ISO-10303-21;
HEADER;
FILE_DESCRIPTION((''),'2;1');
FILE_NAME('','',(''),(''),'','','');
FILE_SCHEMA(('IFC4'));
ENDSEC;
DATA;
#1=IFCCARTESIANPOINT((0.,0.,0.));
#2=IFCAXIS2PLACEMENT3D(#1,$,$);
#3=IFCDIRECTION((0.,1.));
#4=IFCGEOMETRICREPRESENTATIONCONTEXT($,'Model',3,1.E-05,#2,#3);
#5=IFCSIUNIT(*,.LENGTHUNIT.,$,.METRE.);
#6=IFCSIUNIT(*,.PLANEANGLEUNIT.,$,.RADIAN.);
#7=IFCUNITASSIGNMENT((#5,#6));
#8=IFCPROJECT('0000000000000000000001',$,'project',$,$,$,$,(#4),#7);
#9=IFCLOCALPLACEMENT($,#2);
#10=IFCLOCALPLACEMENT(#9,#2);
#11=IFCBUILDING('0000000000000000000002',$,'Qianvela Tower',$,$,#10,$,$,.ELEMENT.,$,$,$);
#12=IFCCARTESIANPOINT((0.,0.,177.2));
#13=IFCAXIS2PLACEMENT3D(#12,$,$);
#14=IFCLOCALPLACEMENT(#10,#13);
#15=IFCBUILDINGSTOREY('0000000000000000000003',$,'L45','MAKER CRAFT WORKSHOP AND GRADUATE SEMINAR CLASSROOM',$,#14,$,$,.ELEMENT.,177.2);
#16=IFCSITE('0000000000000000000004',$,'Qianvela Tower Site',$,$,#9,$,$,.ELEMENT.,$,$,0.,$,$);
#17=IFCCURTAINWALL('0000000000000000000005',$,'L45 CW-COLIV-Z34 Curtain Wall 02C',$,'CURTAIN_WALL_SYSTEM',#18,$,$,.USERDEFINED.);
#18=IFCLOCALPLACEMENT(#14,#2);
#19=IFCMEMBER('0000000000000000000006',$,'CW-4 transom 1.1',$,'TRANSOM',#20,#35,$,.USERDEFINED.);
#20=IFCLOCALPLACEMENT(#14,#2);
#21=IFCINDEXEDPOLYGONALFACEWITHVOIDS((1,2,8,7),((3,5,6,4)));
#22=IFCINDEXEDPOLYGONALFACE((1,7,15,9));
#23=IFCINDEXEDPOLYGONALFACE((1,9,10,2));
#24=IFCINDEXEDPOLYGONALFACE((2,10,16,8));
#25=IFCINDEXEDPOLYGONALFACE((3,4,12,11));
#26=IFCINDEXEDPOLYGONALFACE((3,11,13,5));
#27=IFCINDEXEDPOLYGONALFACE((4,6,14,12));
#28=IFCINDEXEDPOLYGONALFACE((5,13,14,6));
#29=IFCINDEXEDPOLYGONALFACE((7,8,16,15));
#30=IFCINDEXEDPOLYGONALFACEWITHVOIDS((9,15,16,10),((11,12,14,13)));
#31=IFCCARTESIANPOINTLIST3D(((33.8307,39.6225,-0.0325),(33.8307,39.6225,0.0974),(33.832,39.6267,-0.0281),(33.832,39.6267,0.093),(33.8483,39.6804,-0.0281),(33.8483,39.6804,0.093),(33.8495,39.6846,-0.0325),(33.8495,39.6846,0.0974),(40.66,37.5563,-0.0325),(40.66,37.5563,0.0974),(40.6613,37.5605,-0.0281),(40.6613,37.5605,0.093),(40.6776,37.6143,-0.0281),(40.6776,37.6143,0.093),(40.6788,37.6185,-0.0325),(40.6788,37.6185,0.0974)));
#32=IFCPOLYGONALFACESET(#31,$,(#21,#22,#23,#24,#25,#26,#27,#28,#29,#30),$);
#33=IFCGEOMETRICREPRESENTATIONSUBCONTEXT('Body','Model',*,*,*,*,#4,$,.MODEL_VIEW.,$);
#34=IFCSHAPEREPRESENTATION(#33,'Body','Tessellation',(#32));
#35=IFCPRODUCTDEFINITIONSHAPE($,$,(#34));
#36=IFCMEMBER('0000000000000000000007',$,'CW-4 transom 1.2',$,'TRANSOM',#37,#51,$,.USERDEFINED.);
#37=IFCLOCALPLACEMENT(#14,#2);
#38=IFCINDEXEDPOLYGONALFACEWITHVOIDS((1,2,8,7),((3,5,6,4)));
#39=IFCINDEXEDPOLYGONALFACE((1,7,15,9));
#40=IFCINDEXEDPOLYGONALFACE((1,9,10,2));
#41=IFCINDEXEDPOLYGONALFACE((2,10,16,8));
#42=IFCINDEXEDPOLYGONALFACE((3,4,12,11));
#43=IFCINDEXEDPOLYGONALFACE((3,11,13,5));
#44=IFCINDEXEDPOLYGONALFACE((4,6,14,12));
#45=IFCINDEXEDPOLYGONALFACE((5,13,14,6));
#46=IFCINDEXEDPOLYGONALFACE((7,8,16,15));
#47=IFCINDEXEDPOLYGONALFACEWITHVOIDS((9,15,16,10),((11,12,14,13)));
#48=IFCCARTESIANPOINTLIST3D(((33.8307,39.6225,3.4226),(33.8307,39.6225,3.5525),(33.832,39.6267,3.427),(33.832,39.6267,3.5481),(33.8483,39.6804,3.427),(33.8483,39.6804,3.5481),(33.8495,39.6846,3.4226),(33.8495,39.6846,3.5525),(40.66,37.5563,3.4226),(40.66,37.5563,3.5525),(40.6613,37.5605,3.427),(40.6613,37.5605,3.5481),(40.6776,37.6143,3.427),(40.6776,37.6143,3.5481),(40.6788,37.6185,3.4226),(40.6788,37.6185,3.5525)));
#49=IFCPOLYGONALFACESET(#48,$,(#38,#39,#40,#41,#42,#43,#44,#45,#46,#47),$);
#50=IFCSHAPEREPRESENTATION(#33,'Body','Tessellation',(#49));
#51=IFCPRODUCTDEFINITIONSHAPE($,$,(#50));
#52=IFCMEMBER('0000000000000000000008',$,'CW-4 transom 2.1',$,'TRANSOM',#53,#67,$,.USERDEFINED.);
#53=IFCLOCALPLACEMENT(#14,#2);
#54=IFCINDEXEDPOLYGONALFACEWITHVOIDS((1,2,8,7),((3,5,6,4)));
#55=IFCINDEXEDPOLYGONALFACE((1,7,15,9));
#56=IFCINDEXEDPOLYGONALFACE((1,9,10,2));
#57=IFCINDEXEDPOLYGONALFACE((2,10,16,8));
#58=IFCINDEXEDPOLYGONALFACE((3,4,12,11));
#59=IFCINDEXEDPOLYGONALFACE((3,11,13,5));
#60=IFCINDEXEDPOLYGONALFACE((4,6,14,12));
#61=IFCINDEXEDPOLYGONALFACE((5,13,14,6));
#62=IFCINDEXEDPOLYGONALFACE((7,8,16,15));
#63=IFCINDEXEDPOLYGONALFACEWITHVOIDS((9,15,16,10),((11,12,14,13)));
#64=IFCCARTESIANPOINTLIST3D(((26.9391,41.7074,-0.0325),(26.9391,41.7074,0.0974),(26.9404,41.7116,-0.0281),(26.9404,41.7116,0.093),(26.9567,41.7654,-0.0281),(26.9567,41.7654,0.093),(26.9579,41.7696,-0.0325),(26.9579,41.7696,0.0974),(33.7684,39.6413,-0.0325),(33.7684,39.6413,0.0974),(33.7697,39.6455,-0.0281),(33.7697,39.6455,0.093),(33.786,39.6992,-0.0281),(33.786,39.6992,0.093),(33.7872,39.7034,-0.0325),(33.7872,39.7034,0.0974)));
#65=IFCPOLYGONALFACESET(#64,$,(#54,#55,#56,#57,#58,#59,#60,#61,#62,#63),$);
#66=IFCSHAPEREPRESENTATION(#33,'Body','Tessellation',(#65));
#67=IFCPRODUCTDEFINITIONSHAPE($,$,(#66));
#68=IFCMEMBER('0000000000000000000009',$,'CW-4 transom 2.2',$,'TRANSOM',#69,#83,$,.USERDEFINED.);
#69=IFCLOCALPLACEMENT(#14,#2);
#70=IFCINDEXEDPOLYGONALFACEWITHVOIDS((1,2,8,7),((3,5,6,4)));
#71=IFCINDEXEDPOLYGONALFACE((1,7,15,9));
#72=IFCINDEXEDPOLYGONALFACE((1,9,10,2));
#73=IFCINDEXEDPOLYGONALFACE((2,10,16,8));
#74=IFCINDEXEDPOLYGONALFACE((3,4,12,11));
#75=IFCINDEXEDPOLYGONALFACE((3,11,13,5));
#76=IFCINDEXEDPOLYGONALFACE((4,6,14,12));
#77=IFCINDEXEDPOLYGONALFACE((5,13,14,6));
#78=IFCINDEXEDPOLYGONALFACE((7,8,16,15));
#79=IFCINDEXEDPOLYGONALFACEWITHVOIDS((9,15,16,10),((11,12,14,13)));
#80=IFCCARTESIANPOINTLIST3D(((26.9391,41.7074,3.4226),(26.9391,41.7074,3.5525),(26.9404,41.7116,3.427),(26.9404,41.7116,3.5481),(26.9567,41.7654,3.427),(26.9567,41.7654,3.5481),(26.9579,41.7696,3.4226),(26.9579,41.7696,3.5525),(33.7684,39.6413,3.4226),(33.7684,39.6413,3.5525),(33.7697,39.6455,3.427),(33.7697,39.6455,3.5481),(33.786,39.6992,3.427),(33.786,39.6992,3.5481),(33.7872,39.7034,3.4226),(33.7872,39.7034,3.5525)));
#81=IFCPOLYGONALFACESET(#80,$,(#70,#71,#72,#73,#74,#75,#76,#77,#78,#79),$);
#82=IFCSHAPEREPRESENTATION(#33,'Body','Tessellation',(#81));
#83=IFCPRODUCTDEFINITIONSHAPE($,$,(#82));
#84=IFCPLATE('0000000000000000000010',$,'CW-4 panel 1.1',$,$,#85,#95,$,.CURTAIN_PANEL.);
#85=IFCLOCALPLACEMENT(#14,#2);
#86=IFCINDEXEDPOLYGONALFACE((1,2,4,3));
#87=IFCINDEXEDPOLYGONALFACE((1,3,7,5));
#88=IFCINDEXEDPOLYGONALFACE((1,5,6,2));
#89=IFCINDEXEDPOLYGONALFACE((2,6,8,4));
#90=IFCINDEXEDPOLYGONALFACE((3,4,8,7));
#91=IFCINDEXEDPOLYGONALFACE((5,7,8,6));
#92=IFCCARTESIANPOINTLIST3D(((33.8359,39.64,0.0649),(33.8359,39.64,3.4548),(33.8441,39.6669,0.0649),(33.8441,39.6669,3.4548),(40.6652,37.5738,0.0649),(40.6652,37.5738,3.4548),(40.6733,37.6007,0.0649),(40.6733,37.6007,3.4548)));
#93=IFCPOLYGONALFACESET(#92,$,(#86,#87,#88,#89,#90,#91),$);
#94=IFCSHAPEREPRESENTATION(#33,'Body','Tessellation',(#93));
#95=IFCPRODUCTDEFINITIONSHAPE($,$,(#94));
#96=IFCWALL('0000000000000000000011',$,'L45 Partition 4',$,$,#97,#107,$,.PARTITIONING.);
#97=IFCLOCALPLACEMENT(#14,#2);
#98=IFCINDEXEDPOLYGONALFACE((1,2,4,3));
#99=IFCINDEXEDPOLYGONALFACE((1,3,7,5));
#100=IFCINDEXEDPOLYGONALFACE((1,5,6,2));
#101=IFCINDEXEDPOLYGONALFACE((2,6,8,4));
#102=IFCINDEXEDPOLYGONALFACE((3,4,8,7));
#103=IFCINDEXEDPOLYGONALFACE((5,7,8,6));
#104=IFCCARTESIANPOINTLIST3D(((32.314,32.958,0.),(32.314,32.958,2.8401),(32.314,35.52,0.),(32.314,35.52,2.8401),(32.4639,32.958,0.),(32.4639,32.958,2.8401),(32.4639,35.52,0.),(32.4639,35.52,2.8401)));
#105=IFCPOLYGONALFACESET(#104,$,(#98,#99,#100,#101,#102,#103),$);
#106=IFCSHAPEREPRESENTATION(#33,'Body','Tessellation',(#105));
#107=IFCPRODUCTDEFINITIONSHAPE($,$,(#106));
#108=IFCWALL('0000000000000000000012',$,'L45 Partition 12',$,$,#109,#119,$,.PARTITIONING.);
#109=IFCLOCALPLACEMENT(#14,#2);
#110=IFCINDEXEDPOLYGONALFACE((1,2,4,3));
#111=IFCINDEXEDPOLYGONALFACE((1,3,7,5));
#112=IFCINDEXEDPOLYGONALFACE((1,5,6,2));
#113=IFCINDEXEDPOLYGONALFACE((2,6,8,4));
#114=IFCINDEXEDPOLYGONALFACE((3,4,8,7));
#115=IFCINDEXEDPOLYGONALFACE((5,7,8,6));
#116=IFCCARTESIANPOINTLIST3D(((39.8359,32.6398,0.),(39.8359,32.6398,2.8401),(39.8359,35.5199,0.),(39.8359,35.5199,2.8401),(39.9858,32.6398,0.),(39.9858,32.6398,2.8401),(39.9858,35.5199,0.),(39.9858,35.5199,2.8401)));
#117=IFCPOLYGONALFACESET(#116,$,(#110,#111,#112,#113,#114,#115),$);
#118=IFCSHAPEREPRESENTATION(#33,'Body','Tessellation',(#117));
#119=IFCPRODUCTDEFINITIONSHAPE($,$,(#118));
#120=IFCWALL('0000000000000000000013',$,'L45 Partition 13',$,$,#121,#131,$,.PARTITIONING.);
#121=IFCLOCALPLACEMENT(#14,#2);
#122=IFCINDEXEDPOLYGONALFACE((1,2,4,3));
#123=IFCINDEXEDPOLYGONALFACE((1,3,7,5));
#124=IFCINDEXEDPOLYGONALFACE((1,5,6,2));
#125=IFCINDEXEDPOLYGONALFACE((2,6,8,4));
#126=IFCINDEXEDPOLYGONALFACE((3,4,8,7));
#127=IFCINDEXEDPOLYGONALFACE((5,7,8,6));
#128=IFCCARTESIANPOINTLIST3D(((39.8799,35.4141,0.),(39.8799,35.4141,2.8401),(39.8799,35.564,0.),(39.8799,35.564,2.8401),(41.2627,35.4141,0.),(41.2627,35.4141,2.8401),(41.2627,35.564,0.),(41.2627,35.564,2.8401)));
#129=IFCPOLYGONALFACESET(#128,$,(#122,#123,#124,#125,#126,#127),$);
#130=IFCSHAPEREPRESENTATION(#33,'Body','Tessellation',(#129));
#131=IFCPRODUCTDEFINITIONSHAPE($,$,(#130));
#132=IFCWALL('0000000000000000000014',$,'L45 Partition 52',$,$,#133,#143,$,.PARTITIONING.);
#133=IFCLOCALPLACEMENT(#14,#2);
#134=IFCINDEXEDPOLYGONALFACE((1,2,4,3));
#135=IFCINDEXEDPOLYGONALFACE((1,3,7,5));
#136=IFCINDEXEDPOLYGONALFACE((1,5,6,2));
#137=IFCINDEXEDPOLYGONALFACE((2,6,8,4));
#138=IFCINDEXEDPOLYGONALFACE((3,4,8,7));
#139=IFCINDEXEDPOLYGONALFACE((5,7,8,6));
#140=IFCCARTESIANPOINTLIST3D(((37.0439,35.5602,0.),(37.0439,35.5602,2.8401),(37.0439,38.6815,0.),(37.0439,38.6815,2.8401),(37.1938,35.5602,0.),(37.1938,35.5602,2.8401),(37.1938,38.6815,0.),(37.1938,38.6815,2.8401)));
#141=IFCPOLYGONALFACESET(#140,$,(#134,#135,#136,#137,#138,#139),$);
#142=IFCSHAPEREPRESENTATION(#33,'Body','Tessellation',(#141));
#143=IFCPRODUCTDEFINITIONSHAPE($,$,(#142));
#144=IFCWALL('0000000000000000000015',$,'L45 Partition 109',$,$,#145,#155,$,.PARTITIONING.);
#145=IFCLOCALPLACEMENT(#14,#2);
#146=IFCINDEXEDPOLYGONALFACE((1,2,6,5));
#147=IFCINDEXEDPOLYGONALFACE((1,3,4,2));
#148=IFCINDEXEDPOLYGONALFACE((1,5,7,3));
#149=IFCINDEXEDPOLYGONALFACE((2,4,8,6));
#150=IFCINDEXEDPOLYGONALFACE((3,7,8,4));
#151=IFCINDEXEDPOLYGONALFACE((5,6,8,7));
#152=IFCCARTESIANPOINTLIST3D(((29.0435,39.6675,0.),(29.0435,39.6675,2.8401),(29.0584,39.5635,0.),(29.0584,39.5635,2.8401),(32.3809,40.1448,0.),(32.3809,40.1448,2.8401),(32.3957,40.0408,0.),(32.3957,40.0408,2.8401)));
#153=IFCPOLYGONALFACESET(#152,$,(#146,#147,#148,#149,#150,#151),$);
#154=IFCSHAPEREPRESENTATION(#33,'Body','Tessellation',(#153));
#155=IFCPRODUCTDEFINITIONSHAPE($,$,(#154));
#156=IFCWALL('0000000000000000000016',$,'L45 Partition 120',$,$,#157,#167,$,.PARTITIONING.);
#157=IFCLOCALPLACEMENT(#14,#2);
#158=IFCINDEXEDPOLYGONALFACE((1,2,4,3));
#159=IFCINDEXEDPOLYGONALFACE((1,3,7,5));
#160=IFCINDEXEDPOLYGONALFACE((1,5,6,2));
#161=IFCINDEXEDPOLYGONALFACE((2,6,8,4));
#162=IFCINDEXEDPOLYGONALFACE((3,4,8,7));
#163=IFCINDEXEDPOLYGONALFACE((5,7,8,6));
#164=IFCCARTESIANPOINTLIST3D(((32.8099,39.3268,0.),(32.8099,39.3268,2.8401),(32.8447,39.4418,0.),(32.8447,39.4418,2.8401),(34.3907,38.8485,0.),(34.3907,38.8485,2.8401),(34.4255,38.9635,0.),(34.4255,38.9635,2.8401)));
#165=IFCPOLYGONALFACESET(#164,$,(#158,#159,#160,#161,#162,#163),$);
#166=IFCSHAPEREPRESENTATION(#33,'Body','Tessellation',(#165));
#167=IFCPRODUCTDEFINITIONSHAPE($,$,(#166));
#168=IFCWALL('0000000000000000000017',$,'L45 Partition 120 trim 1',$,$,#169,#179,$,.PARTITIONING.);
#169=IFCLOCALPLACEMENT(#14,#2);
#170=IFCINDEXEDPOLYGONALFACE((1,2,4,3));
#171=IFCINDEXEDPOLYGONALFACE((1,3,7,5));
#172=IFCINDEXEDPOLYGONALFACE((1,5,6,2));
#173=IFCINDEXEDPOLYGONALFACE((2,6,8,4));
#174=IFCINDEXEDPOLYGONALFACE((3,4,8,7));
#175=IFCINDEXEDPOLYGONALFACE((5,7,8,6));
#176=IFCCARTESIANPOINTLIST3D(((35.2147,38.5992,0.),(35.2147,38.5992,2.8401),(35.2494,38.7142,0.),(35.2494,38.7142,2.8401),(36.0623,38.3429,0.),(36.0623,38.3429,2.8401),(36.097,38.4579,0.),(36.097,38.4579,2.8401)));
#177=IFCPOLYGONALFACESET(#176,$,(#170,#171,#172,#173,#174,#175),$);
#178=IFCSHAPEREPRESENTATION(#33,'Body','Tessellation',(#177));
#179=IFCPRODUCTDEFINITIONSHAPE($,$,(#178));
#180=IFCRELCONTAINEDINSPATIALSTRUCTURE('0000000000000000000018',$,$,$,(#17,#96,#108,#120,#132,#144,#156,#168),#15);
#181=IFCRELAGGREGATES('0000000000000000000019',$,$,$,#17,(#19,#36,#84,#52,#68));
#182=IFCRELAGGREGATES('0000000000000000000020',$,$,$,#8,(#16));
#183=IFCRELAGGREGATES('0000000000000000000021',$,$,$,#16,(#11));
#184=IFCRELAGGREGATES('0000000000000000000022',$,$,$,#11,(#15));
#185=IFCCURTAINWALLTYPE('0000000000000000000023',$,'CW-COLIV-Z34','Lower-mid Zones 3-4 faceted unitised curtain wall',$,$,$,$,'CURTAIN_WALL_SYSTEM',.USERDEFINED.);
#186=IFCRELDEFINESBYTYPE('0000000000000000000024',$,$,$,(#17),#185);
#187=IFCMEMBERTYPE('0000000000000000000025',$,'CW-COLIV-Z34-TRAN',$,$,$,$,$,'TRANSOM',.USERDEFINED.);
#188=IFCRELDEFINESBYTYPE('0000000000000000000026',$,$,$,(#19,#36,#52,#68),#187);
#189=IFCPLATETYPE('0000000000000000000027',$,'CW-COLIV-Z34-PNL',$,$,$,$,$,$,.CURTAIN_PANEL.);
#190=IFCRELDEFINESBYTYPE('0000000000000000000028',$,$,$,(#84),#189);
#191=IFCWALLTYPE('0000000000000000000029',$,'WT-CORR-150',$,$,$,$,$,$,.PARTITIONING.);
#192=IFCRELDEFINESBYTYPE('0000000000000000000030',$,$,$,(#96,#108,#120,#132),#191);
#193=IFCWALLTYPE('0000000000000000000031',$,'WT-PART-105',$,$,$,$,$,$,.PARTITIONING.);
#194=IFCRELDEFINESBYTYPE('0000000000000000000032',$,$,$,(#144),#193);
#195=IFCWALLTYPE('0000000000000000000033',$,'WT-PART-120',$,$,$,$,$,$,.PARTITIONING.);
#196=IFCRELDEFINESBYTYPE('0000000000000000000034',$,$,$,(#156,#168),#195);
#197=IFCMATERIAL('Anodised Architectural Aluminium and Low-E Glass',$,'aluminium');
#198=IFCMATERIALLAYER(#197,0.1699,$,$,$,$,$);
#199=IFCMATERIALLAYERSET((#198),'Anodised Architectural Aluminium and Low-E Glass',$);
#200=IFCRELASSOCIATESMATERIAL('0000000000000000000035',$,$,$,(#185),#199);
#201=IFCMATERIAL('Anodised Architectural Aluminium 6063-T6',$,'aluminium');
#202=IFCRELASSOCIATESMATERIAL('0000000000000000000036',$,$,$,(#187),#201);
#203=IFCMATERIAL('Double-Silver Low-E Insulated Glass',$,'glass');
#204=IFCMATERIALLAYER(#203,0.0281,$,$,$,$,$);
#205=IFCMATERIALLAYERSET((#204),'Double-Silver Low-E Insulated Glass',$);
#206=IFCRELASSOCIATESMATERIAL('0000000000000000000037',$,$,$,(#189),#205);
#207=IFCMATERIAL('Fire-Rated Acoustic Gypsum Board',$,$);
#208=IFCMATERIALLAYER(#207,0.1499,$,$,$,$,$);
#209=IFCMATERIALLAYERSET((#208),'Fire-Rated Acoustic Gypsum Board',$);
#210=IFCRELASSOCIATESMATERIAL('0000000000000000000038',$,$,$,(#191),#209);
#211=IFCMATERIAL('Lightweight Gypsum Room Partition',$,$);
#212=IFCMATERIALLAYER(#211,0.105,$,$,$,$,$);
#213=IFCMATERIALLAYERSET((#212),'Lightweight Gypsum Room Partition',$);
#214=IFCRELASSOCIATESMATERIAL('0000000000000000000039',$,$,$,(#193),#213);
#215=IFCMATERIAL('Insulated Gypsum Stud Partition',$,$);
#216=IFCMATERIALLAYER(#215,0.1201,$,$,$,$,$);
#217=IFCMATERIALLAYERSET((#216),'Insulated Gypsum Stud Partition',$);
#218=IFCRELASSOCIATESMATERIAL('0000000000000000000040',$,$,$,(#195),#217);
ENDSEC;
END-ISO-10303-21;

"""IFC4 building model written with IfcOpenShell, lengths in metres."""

from ifc_helpers import new_model, si_unit, direction, frame, frame_2d, origin, origin_2d, place, context, subcontext, project, spatial, rectangle, hollow_rectangle, extrude, material, layer, layer_set, material_profile, profile_set, type_object, element, aggregate, save


model = new_model("IFC4")

# Units and contexts
model_context = context("Model", 3, precision=1e-05, world=origin(), true_north=direction((0.0, 1.0)))
body_context = subcontext(model_context, "Body", "Model", "MODEL_VIEW")
ifc_project = project(units=[si_unit("LENGTHUNIT", "METRE"), si_unit("PLANEANGLEUNIT", "RADIAN")], contexts=[model_context])

# Site, building, storey
site_placement = place(None, origin())
site = spatial("IfcSite", under=ifc_project, at=site_placement, Name="Qianvela Tower Site", CompositionType="ELEMENT", RefElevation=0.0)
building_placement = place(site_placement, origin())
building = spatial("IfcBuilding", under=site, at=building_placement, Name="Qianvela Tower", CompositionType="ELEMENT")
storey_placement = place(building_placement, frame((0.0, 0.0, 177.2)))
storey = spatial("IfcBuildingStorey", under=building, at=storey_placement, Name="L45", Description="MAKER CRAFT WORKSHOP AND GRADUATE SEMINAR CLASSROOM", CompositionType="ELEMENT", Elevation=177.2)

# Curtain wall, members, plate
ifc_material_1 = material(Name="Anodised Architectural Aluminium and Low-E Glass", Category="aluminium")
ifc_layer_1 = layer(ifc_material_1, 0.1699)
ifc_layer_set_1 = layer_set([ifc_layer_1], Name="Anodised Architectural Aluminium and Low-E Glass")
curtain_wall_type_1 = type_object("IfcCurtainWallType", Name="CW-COLIV-Z34", Description="Lower-mid Zones 3-4 faceted unitised curtain wall", ElementType="CURTAIN_WALL_SYSTEM", PredefinedType="USERDEFINED", material=ifc_layer_set_1)
curtain_wall_1_placement = place(storey_placement, origin())
curtain_wall_1 = element("IfcCurtainWall", 1, at=curtain_wall_1_placement, inside=storey, type_object=curtain_wall_type_1, Name="L45 CW-COLIV-Z34 Curtain Wall 02C", ObjectType="CURTAIN_WALL_SYSTEM", PredefinedType="USERDEFINED")
ifc_material_2 = material(Name="Anodised Architectural Aluminium 6063-T6", Category="aluminium")
ifc_material_profile_1 = material_profile(ifc_material_2, hollow_rectangle(XDim=0.0649, YDim=0.1299, WallThickness=0.0044, at=origin_2d()), Name="ALU-TRAN-65x130")
ifc_profile_set_1 = profile_set([ifc_material_profile_1], Name="Anodised Architectural Aluminium 6063-T6")
member_type_1 = type_object("IfcMemberType", Name="CW-COLIV-Z34-TRAN", ElementType="TRANSOM", PredefinedType="USERDEFINED", material=ifc_profile_set_1)
member_1_placement = place(storey_placement, frame((40.6694, 37.5874, 0.0325), z_axis=(-0.957154, 0.289579, 0.0), x_axis=(-0.289579, -0.957154, 0.0)))
member_1 = element("IfcMember", 2, at=member_1_placement, type_object=member_type_1, Name="CW-4 transom 1.1", ObjectType="TRANSOM", PredefinedType="USERDEFINED", context=body_context, shape_type="SweptSolid", body=[
    extrude(hollow_rectangle(XDim=0.0649, YDim=0.1299, WallThickness=0.0044, at=origin_2d()), origin(), (0.0, 0.0, 1.0), 7.135),
])
member_2_placement = place(storey_placement, frame((40.6694, 37.5874, 3.4875), z_axis=(-0.957154, 0.289579, 0.0), x_axis=(-0.289579, -0.957154, 0.0)))
member_2 = element("IfcMember", 3, at=member_2_placement, type_object=member_type_1, Name="CW-4 transom 1.2", ObjectType="TRANSOM", PredefinedType="USERDEFINED", context=body_context, shape_type="SweptSolid", body=[
    extrude(hollow_rectangle(XDim=0.0649, YDim=0.1299, WallThickness=0.0044, at=origin_2d()), origin(), (0.0, 0.0, 1.0), 7.135),
])
member_3_placement = place(storey_placement, frame((33.7778, 39.6724, 0.0325), z_axis=(-0.957154, 0.289579, 0.0), x_axis=(-0.289579, -0.957154, 0.0)))
member_3 = element("IfcMember", 4, at=member_3_placement, type_object=member_type_1, Name="CW-4 transom 2.1", ObjectType="TRANSOM", PredefinedType="USERDEFINED", context=body_context, shape_type="SweptSolid", body=[
    extrude(hollow_rectangle(XDim=0.0649, YDim=0.1299, WallThickness=0.0044, at=origin_2d()), origin(), (0.0, 0.0, 1.0), 7.135),
])
member_4_placement = place(storey_placement, frame((33.7778, 39.6724, 3.4875), z_axis=(-0.957154, 0.289579, 0.0), x_axis=(-0.289579, -0.957154, 0.0)))
member_4 = element("IfcMember", 5, at=member_4_placement, type_object=member_type_1, Name="CW-4 transom 2.2", ObjectType="TRANSOM", PredefinedType="USERDEFINED", context=body_context, shape_type="SweptSolid", body=[
    extrude(hollow_rectangle(XDim=0.0649, YDim=0.1299, WallThickness=0.0044, at=origin_2d()), origin(), (0.0, 0.0, 1.0), 7.135),
])
ifc_material_3 = material(Name="Double-Silver Low-E Insulated Glass", Category="glass")
ifc_layer_2 = layer(ifc_material_3, 0.0281)
ifc_layer_set_2 = layer_set([ifc_layer_2], Name="Double-Silver Low-E Insulated Glass")
plate_type = type_object("IfcPlateType", Name="CW-COLIV-Z34-PNL", PredefinedType="CURTAIN_PANEL", material=ifc_layer_set_2)
plate_placement = place(storey_placement, frame((37.2546, 38.6204, 0.0649), z_axis=(0.0, 0.0, 1.0), x_axis=(-0.957152, 0.289585, 0.0)))
plate = element("IfcPlate", 6, at=plate_placement, type_object=plate_type, Name="CW-4 panel 1.1", PredefinedType="CURTAIN_PANEL", context=body_context, shape_type="SweptSolid", body=[
    extrude(rectangle(XDim=7.135, YDim=0.0281, at=origin_2d()), origin(), (0.0, 0.0, 1.0), 3.3899),
])
aggregate(curtain_wall_1, [member_1, member_2, plate, member_3, member_4])

# Walls
ifc_material_4 = material(Name="Fire-Rated Acoustic Gypsum Board")
ifc_layer_3 = layer(ifc_material_4, 0.1499)
ifc_layer_set_3 = layer_set([ifc_layer_3], Name="Fire-Rated Acoustic Gypsum Board")
wall_type_1 = type_object("IfcWallType", Name="WT-CORR-150", PredefinedType="PARTITIONING", material=ifc_layer_set_3)
wall_1_placement = place(storey_placement, frame((32.3889, 35.52, 0.0), z_axis=(0.0, 0.0, 1.0), x_axis=(0.0, -1.0, 0.0)))
element("IfcWall", 7, at=wall_1_placement, inside=storey, type_object=wall_type_1, Name="L45 Partition 4", PredefinedType="PARTITIONING", context=body_context, shape_type="SweptSolid", body=[
    extrude(rectangle(XDim=2.562, YDim=0.1499, at=frame_2d((1.281, 0.0))), origin(), (0.0, 0.0, 1.0), 2.8401),
])
wall_2_placement = place(storey_placement, frame((39.9109, 32.6399, 0.0), z_axis=(0.0, 0.0, 1.0), x_axis=(0.0, 1.0, 0.0)))
element("IfcWall", 8, at=wall_2_placement, inside=storey, type_object=wall_type_1, Name="L45 Partition 12", PredefinedType="PARTITIONING", context=body_context, shape_type="SweptSolid", body=[
    extrude(rectangle(XDim=2.8801, YDim=0.1499, at=frame_2d((1.4399, 0.0))), origin(), (0.0, 0.0, 1.0), 2.8401),
])
wall_3_placement = place(storey_placement, frame((39.8799, 35.489, 0.0), z_axis=(0.0, 0.0, 1.0), x_axis=(1.0, 0.0, 0.0)))
element("IfcWall", 9, at=wall_3_placement, inside=storey, type_object=wall_type_1, Name="L45 Partition 13", PredefinedType="PARTITIONING", context=body_context, shape_type="SweptSolid", body=[
    extrude(rectangle(XDim=1.3828, YDim=0.1499, at=frame_2d((0.6914, 0.0))), origin(), (0.0, 0.0, 1.0), 2.8401),
])
wall_4_placement = place(storey_placement, frame((37.1189, 38.6814, 0.0), z_axis=(0.0, 0.0, 1.0), x_axis=(0.0, -1.0, 0.0)))
element("IfcWall", 10, at=wall_4_placement, inside=storey, type_object=wall_type_1, Name="L45 Partition 52", PredefinedType="PARTITIONING", context=body_context, shape_type="SweptSolid", body=[
    extrude(rectangle(XDim=3.1213, YDim=0.1499, at=frame_2d((1.5605, 0.0))), origin(), (0.0, 0.0, 1.0), 2.8401),
])
ifc_material_5 = material(Name="Lightweight Gypsum Room Partition")
ifc_layer_4 = layer(ifc_material_5, 0.105)
ifc_layer_set_4 = layer_set([ifc_layer_4], Name="Lightweight Gypsum Room Partition")
wall_type_2 = type_object("IfcWallType", Name="WT-PART-105", PredefinedType="PARTITIONING", material=ifc_layer_set_4)
wall_5_placement = place(storey_placement, frame((32.3882, 40.0928, 0.0), z_axis=(0.0, 0.0, 1.0), x_axis=(-0.989928, -0.141573, 0.0)))
element("IfcWall", 11, at=wall_5_placement, inside=storey, type_object=wall_type_2, Name="L45 Partition 109", PredefinedType="PARTITIONING", context=body_context, shape_type="SweptSolid", body=[
    extrude(rectangle(XDim=3.3713, YDim=0.105, at=frame_2d((1.6855, 0.0))), origin(), (0.0, 0.0, 1.0), 2.8401),
])
ifc_material_6 = material(Name="Insulated Gypsum Stud Partition")
ifc_layer_5 = layer(ifc_material_6, 0.1201)
ifc_layer_set_5 = layer_set([ifc_layer_5], Name="Insulated Gypsum Stud Partition")
wall_type_3 = type_object("IfcWallType", Name="WT-PART-120", PredefinedType="PARTITIONING", material=ifc_layer_set_5)
wall_6_placement = place(storey_placement, frame((32.8274, 39.3843, 0.0), z_axis=(0.0, 0.0, 1.0), x_axis=(0.957152, -0.289585, 0.0)))
element("IfcWall", 12, at=wall_6_placement, inside=storey, type_object=wall_type_3, Name="L45 Partition 120", PredefinedType="PARTITIONING", context=body_context, shape_type="SweptSolid", body=[
    extrude(rectangle(XDim=1.6516, YDim=0.1201, at=frame_2d((0.8257, 0.0))), origin(), (0.0, 0.0, 1.0), 2.8401),
])
wall_7_placement = place(storey_placement, frame((35.2319, 38.6567, 0.0), z_axis=(0.0, 0.0, 1.0), x_axis=(0.957187, -0.289472, 0.0)))
element("IfcWall", 13, at=wall_7_placement, inside=storey, type_object=wall_type_3, Name="L45 Partition 120 trim 1", PredefinedType="PARTITIONING", context=body_context, shape_type="SweptSolid", body=[
    extrude(rectangle(XDim=0.8855, YDim=0.1201, at=frame_2d((0.4429, 0.0))), origin(), (0.0, 0.0, 1.0), 2.8401),
])

save(model, "model.ifc")
